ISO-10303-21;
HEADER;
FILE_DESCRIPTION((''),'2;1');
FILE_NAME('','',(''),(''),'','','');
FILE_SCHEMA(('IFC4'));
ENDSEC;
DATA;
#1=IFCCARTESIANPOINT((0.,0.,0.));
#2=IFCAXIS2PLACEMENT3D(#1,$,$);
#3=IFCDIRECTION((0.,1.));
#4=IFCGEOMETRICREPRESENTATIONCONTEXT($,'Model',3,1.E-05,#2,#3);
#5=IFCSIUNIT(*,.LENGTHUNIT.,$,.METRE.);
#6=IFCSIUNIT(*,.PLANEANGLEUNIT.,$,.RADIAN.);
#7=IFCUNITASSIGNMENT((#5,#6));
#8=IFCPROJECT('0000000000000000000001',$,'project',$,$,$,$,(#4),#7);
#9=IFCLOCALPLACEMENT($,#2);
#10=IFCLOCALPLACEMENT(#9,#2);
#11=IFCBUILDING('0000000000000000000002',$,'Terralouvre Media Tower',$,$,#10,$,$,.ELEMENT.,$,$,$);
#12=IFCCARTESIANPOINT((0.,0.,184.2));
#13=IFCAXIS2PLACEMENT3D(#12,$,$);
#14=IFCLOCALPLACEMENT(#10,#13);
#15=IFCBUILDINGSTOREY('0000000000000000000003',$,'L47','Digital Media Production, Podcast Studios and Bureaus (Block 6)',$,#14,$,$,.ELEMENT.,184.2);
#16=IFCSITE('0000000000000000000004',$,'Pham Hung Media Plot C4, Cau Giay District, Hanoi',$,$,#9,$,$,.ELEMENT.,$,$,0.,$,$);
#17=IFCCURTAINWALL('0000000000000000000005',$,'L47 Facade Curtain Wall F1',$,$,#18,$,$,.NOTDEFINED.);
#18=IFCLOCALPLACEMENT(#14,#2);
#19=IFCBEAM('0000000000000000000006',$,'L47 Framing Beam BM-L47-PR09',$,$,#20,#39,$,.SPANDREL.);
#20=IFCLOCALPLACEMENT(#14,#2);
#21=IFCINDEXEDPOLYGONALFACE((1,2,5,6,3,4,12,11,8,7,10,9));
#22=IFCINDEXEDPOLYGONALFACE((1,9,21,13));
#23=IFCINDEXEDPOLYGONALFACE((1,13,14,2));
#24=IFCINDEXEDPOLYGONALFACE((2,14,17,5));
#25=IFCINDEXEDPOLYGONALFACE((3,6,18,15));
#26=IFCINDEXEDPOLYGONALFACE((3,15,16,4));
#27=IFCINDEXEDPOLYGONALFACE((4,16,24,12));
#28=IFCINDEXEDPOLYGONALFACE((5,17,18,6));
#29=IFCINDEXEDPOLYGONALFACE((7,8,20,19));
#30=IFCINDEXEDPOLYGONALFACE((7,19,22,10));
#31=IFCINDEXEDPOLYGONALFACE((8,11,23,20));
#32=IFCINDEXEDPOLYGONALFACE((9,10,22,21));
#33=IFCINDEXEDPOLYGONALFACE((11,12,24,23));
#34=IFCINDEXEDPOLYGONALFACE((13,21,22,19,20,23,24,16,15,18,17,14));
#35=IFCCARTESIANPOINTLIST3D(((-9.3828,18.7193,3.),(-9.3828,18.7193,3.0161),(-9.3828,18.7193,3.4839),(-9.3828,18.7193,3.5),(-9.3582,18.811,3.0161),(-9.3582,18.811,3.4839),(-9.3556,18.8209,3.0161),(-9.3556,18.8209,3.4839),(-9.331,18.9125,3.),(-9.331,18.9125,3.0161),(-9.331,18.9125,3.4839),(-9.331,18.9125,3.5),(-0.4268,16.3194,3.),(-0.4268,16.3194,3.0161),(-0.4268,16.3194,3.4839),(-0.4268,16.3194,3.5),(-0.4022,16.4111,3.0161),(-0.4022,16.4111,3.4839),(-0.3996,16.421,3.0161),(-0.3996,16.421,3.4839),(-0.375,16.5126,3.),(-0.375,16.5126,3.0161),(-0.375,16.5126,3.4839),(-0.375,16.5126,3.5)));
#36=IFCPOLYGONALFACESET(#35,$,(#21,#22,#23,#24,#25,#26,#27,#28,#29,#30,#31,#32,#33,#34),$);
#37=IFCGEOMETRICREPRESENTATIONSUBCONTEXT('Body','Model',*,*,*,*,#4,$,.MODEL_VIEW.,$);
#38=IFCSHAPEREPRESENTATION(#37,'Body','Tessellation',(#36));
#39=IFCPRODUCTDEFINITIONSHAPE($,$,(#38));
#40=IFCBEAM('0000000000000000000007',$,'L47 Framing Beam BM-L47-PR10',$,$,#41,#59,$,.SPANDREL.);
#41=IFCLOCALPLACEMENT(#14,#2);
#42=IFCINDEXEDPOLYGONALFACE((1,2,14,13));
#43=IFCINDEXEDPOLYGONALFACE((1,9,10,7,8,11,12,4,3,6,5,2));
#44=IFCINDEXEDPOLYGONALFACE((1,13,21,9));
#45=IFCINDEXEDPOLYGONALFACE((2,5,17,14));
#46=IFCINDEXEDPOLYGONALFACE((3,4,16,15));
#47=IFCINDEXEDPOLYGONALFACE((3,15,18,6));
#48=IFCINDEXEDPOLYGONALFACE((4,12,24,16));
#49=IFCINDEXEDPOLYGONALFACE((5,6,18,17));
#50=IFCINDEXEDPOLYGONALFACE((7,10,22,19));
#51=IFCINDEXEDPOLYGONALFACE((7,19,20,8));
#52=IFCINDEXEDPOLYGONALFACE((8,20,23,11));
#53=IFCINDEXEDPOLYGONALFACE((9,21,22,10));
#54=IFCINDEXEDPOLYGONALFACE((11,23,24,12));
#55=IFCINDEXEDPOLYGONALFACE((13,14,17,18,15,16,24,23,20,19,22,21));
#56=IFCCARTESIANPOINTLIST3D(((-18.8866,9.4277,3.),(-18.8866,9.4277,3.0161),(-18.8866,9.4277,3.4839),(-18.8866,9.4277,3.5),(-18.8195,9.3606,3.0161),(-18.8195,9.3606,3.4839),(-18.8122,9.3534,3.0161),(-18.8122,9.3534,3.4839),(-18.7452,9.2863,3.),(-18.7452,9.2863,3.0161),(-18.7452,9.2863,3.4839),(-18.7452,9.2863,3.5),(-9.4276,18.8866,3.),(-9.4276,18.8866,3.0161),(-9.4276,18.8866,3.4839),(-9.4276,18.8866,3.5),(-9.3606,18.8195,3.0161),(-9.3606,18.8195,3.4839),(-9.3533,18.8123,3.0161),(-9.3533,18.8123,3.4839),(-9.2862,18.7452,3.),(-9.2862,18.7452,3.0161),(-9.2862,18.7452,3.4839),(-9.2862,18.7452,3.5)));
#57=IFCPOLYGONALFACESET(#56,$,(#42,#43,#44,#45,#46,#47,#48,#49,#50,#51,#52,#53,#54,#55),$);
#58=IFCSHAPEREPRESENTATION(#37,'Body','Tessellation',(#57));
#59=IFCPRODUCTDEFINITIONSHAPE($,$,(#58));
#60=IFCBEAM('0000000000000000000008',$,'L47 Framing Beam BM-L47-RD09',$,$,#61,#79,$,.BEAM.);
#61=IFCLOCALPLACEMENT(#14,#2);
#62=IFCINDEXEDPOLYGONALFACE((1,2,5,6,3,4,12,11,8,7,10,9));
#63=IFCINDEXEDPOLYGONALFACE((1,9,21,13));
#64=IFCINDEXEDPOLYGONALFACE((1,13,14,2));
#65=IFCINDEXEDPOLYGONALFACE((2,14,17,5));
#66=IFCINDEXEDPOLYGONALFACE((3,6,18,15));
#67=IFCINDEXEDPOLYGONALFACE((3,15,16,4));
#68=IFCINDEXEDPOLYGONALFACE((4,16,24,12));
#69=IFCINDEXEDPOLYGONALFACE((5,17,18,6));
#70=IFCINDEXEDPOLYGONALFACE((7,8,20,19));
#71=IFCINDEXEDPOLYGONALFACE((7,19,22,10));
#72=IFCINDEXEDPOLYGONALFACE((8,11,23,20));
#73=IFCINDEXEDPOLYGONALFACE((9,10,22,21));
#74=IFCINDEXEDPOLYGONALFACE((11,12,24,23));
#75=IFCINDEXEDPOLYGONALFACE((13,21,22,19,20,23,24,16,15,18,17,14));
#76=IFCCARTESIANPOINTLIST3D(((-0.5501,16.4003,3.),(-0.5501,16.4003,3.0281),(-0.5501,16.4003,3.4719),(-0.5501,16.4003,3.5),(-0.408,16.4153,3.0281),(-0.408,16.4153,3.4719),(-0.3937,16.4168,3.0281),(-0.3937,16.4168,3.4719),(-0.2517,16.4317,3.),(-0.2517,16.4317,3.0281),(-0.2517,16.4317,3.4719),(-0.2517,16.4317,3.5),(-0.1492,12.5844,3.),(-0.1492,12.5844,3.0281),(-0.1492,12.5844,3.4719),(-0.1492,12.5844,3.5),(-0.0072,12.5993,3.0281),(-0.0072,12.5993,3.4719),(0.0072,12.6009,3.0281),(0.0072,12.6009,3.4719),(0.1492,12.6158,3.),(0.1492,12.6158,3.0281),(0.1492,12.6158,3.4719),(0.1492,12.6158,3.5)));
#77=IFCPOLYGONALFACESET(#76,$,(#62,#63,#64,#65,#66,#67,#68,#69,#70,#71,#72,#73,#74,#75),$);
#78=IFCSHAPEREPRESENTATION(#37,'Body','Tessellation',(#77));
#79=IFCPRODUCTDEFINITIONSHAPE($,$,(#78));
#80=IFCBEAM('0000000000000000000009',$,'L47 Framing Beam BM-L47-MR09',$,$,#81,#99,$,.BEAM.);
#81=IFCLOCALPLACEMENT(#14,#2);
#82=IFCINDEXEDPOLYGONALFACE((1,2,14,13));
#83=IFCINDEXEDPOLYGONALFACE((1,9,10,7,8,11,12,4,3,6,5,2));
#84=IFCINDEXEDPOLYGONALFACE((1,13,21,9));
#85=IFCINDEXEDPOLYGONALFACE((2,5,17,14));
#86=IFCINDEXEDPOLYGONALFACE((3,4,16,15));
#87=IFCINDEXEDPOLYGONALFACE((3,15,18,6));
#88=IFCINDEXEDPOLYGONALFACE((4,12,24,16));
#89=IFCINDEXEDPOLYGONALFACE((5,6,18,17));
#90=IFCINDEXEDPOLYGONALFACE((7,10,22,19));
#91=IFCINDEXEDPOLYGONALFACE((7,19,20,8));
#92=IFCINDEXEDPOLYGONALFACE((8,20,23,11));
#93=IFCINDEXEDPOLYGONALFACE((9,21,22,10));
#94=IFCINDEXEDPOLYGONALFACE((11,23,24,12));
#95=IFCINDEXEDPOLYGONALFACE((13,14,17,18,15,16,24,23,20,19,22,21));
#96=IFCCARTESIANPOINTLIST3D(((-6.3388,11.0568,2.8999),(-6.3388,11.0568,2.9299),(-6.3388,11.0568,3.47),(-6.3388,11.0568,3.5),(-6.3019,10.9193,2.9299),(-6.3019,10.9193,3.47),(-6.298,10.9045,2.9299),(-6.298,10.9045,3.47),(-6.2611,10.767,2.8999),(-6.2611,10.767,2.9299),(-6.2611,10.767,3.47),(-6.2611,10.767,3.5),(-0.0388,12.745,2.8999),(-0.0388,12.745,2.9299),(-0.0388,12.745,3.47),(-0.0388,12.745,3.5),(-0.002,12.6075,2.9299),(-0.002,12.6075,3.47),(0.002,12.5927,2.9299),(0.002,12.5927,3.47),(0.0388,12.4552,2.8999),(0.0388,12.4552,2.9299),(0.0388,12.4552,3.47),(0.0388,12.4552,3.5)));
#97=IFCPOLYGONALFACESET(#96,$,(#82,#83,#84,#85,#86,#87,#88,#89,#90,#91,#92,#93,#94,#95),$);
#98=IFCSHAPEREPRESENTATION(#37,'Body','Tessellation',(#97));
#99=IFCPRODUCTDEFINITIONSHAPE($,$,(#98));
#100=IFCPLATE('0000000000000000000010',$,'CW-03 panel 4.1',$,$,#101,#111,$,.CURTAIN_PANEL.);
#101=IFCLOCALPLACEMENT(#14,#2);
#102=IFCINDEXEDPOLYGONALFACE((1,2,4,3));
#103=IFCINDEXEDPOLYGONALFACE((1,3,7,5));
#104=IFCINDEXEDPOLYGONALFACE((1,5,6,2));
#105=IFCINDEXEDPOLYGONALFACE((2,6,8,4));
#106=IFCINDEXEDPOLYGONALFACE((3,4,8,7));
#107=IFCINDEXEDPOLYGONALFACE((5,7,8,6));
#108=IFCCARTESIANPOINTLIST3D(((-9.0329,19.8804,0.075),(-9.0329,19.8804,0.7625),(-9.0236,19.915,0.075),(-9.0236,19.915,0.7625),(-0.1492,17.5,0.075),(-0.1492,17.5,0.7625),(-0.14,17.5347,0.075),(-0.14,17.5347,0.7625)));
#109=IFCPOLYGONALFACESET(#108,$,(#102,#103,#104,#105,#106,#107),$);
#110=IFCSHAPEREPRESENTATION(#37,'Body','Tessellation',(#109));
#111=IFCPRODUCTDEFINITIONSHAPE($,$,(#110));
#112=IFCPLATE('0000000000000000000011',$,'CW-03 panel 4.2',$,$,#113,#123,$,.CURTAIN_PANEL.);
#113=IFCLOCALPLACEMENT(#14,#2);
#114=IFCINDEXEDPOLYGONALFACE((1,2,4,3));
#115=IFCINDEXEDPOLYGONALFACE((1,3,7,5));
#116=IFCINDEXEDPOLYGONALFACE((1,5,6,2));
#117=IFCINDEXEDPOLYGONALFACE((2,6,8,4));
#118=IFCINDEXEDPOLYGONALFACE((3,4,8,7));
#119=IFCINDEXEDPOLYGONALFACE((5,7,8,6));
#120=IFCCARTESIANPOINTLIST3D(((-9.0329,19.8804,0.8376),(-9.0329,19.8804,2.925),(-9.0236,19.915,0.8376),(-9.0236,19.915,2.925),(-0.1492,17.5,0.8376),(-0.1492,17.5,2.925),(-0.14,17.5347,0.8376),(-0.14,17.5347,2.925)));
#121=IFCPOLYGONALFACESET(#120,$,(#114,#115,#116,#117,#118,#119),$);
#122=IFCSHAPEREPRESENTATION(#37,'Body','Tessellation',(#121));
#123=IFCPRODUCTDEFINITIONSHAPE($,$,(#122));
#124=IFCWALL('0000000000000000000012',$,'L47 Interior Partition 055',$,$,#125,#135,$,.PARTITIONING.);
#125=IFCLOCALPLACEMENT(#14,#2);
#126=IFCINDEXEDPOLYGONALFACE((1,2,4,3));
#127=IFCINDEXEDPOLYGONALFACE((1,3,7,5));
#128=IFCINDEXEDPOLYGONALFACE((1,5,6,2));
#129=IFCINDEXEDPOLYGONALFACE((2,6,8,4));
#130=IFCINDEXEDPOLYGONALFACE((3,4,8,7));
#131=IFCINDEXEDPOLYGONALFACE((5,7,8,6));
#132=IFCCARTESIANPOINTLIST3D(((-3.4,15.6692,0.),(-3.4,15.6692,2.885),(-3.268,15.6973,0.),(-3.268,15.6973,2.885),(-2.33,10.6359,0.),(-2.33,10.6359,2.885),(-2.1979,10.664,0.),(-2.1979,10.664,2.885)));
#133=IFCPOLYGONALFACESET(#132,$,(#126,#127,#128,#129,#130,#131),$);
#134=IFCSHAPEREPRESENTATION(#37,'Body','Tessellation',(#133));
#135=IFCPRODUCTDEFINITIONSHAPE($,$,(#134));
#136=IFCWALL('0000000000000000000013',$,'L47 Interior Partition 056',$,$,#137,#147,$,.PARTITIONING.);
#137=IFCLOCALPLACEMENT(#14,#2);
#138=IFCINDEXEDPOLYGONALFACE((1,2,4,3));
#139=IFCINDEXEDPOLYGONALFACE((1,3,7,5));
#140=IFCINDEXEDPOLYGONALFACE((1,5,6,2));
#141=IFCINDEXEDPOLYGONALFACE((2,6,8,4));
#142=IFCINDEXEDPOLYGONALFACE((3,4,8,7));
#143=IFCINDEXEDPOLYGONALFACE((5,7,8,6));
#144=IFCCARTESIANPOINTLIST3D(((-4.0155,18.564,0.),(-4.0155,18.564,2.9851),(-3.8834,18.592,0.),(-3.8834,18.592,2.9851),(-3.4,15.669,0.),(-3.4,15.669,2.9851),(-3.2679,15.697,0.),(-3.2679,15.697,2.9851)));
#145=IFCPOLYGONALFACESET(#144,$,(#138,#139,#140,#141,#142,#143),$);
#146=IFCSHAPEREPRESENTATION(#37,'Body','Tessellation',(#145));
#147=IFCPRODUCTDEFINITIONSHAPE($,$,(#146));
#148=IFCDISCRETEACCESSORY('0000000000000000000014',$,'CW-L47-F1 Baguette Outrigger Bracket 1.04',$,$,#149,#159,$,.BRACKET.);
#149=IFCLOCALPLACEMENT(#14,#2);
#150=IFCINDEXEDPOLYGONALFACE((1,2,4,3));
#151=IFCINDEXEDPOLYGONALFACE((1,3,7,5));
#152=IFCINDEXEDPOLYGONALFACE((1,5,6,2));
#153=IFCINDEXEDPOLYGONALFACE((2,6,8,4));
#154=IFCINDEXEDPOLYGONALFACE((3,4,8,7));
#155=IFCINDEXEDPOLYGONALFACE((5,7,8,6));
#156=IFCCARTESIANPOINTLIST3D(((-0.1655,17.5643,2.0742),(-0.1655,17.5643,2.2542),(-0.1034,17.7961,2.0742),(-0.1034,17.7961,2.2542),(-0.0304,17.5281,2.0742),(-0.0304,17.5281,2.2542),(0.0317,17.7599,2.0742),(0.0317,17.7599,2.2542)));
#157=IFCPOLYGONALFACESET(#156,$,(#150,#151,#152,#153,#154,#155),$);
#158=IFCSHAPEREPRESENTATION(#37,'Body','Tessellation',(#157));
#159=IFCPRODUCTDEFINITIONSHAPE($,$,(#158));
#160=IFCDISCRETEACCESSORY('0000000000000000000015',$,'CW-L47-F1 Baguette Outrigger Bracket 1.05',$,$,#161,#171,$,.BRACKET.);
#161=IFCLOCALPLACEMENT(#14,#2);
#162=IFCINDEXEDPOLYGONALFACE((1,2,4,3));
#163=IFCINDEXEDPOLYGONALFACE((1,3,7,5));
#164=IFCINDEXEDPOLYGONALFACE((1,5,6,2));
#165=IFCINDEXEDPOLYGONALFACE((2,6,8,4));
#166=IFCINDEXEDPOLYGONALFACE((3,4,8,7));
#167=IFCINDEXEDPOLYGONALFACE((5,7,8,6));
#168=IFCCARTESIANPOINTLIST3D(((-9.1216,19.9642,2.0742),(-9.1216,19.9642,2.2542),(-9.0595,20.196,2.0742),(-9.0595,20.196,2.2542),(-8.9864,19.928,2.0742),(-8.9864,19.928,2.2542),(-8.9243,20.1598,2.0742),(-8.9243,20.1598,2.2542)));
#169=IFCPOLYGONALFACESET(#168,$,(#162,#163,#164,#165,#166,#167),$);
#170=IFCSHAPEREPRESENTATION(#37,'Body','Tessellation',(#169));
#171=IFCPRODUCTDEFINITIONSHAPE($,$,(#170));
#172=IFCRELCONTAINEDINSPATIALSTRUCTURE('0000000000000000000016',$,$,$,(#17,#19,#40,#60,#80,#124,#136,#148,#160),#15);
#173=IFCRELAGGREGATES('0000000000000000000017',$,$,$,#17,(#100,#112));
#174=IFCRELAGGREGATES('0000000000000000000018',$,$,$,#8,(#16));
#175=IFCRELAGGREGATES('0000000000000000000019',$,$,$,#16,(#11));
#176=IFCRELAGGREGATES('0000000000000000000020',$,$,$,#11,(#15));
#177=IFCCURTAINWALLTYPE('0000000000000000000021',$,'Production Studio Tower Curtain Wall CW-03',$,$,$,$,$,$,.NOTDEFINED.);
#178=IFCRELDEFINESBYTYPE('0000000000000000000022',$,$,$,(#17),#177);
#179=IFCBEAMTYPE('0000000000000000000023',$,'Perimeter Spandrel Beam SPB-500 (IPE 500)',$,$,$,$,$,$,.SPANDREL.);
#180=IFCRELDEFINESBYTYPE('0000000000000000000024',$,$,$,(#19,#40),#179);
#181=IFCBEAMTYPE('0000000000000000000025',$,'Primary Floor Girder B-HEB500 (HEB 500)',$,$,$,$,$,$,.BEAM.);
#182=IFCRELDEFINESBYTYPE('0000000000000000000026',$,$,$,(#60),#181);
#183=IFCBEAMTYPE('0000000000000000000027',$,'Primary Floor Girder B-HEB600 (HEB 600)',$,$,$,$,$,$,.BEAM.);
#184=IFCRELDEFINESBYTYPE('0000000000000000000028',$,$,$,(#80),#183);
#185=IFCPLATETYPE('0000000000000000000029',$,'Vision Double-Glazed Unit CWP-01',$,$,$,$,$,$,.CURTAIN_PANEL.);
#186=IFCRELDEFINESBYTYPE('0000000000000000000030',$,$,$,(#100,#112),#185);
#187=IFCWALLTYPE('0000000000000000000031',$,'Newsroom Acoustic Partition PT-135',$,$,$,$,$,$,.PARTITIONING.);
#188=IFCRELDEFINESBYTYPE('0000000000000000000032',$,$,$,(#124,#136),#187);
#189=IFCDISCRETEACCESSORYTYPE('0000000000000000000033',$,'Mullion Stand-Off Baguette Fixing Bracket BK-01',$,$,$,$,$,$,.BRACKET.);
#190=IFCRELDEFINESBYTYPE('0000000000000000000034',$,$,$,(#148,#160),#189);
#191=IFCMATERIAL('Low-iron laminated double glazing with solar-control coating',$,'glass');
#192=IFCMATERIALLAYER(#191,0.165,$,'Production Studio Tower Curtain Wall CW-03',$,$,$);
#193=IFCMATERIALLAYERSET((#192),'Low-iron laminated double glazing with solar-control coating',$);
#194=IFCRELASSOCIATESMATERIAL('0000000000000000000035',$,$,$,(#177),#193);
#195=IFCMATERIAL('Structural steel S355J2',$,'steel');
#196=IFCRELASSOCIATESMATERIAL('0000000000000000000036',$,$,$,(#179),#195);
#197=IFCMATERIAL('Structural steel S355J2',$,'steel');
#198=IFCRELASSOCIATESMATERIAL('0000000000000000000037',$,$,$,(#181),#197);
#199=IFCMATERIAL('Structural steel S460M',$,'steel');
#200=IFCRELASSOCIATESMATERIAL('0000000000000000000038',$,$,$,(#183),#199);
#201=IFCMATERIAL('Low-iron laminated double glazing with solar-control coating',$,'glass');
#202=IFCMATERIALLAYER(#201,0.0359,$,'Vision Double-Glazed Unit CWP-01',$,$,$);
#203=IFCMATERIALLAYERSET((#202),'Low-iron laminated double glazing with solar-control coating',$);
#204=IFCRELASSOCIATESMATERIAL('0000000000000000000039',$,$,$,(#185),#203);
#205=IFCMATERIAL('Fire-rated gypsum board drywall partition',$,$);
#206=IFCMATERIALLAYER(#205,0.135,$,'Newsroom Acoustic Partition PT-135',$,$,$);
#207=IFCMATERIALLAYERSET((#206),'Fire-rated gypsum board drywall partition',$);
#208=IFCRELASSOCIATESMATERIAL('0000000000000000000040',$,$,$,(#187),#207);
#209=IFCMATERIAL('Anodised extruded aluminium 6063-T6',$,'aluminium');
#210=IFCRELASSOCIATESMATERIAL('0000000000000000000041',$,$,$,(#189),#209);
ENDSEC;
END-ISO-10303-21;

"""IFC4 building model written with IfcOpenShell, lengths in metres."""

from ifc_helpers import new_model, si_unit, direction, frame, frame_2d, origin, origin_2d, place, context, subcontext, project, spatial, rectangle, i_section, extrude, material, layer, layer_set, material_profile, profile_set, type_object, element, aggregate, save


model = new_model("IFC4")

# Units and contexts
model_context = context("Model", 3, precision=1e-05, world=origin(), true_north=direction((0.0, 1.0)))
body_context = subcontext(model_context, "Body", "Model", "MODEL_VIEW")
ifc_project = project(units=[si_unit("LENGTHUNIT", "METRE"), si_unit("PLANEANGLEUNIT", "RADIAN")], contexts=[model_context])

# Site, building, storey
site_placement = place(None, origin())
site = spatial("IfcSite", under=ifc_project, at=site_placement, Name="Pham Hung Media Plot C4, Cau Giay District, Hanoi", CompositionType="ELEMENT", RefElevation=0.0)
building_placement = place(site_placement, origin())
building = spatial("IfcBuilding", under=site, at=building_placement, Name="Terralouvre Media Tower", CompositionType="ELEMENT")
storey_placement = place(building_placement, frame((0.0, 0.0, 184.2)))
storey = spatial("IfcBuildingStorey", under=building, at=storey_placement, Name="L47", Description="Digital Media Production, Podcast Studios and Bureaus (Block 6)", CompositionType="ELEMENT", Elevation=184.2)

# Curtain wall
ifc_material_1 = material(Name="Low-iron laminated double glazing with solar-control coating", Category="glass")
ifc_layer_1 = layer(ifc_material_1, 0.165, Name="Production Studio Tower Curtain Wall CW-03")
ifc_layer_set_1 = layer_set([ifc_layer_1], Name="Low-iron laminated double glazing with solar-control coating")
curtain_wall_type = type_object("IfcCurtainWallType", Name="Production Studio Tower Curtain Wall CW-03", PredefinedType="NOTDEFINED", material=ifc_layer_set_1)
curtain_wall_placement = place(storey_placement, origin())
curtain_wall = element("IfcCurtainWall", 1, at=curtain_wall_placement, inside=storey, type_object=curtain_wall_type, Name="L47 Facade Curtain Wall F1", PredefinedType="NOTDEFINED")

# Beams
ifc_material_2 = material(Name="Structural steel S355J2", Category="steel")
ifc_material_profile_1 = material_profile(ifc_material_2, i_section(OverallWidth=0.2, OverallDepth=0.5, WebThickness=0.0103, FlangeThickness=0.0161, at=origin_2d()), Name="IPE 500")
ifc_profile_set_1 = profile_set([ifc_material_profile_1], Name="Structural steel S355J2")
beam_type_1 = type_object("IfcBeamType", Name="Perimeter Spandrel Beam SPB-500 (IPE 500)", PredefinedType="SPANDREL", material=ifc_profile_set_1)
beam_1_placement = place(storey_placement, frame((-0.4009, 16.416, 3.25), z_axis=(-0.965922, 0.258833, 0.0), x_axis=(-0.258833, -0.965922, 0.0)))
element("IfcBeam", 2, at=beam_1_placement, inside=storey, type_object=beam_type_1, Name="L47 Framing Beam BM-L47-PR09", PredefinedType="SPANDREL", context=body_context, shape_type="SweptSolid", body=[
    extrude(i_section(OverallWidth=0.2, OverallDepth=0.5, WebThickness=0.0103, FlangeThickness=0.0161, at=origin_2d()), origin(), (0.0, 0.0, 1.0), 9.272),
])
beam_2_placement = place(storey_placement, frame((-9.3569, 18.8159, 3.25), z_axis=(-0.707107, -0.707107, 0.0), x_axis=(0.707107, -0.707107, 0.0)))
element("IfcBeam", 3, at=beam_2_placement, inside=storey, type_object=beam_type_1, Name="L47 Framing Beam BM-L47-PR10", PredefinedType="SPANDREL", context=body_context, shape_type="SweptSolid", body=[
    extrude(i_section(OverallWidth=0.2, OverallDepth=0.5, WebThickness=0.0103, FlangeThickness=0.0161, at=origin_2d()), origin(), (0.0, 0.0, 1.0), 13.377),
])
ifc_material_3 = material(Name="Structural steel S355J2", Category="steel")
ifc_material_profile_2 = material_profile(ifc_material_3, i_section(OverallWidth=0.3, OverallDepth=0.5, WebThickness=0.0144, FlangeThickness=0.0281, at=origin_2d()), Name="HEB 500")
ifc_profile_set_2 = profile_set([ifc_material_profile_2], Name="Structural steel S355J2")
beam_type_2 = type_object("IfcBeamType", Name="Primary Floor Girder B-HEB500 (HEB 500)", PredefinedType="BEAM", material=ifc_profile_set_2)
beam_3_placement = place(storey_placement, frame((0.0, 12.6001, 3.25), z_axis=(-0.104479, 0.994527, 0.0), x_axis=(-0.994527, -0.104479, 0.0)))
element("IfcBeam", 4, at=beam_3_placement, inside=storey, type_object=beam_type_2, Name="L47 Framing Beam BM-L47-RD09", PredefinedType="BEAM", context=body_context, shape_type="SweptSolid", body=[
    extrude(i_section(OverallWidth=0.3, OverallDepth=0.5, WebThickness=0.0144, FlangeThickness=0.0281, at=origin_2d()), origin(), (0.0, 0.0, 1.0), 3.8369),
])
ifc_material_4 = material(Name="Structural steel S460M", Category="steel")
ifc_material_profile_3 = material_profile(ifc_material_4, i_section(OverallWidth=0.3, OverallDepth=0.6001, WebThickness=0.0154, FlangeThickness=0.03, at=origin_2d()), Name="HEB 600")
ifc_profile_set_3 = profile_set([ifc_material_profile_3], Name="Structural steel S460M")
beam_type_3 = type_object("IfcBeamType", Name="Primary Floor Girder B-HEB600 (HEB 600)", PredefinedType="BEAM", material=ifc_profile_set_3)
beam_4_placement = place(storey_placement, frame((0.0, 12.6001, 3.2), z_axis=(-0.96592, -0.258839, 0.0), x_axis=(0.258839, -0.96592, 0.0)))
element("IfcBeam", 5, at=beam_4_placement, inside=storey, type_object=beam_type_3, Name="L47 Framing Beam BM-L47-MR09", PredefinedType="BEAM", context=body_context, shape_type="SweptSolid", body=[
    extrude(i_section(OverallWidth=0.3, OverallDepth=0.6001, WebThickness=0.0154, FlangeThickness=0.03, at=origin_2d()), origin(), (0.0, 0.0, 1.0), 6.5222),
])

# Plates
ifc_material_5 = material(Name="Low-iron laminated double glazing with solar-control coating", Category="glass")
ifc_layer_2 = layer(ifc_material_5, 0.0359, Name="Vision Double-Glazed Unit CWP-01")
ifc_layer_set_2 = layer_set([ifc_layer_2], Name="Low-iron laminated double glazing with solar-control coating")
plate_type = type_object("IfcPlateType", Name="Vision Double-Glazed Unit CWP-01", PredefinedType="CURTAIN_PANEL", material=ifc_layer_set_2)
plate_1_placement = place(storey_placement, frame((-4.5864, 18.7075, 0.075), z_axis=(0.0, 0.0, 1.0), x_axis=(-0.965926, 0.258819, 0.0)))
plate_1 = element("IfcPlate", 6, at=plate_1_placement, type_object=plate_type, Name="CW-03 panel 4.1", PredefinedType="CURTAIN_PANEL", context=body_context, shape_type="SweptSolid", body=[
    extrude(rectangle(XDim=9.197, YDim=0.0359, at=origin_2d()), origin(), (0.0, 0.0, 1.0), 0.6875),
])
plate_2_placement = place(storey_placement, frame((-4.5864, 18.7075, 0.8376), z_axis=(0.0, 0.0, 1.0), x_axis=(-0.965926, 0.258819, 0.0)))
plate_2 = element("IfcPlate", 7, at=plate_2_placement, type_object=plate_type, Name="CW-03 panel 4.2", PredefinedType="CURTAIN_PANEL", context=body_context, shape_type="SweptSolid", body=[
    extrude(rectangle(XDim=9.197, YDim=0.0359, at=origin_2d()), origin(), (0.0, 0.0, 1.0), 2.0874),
])
aggregate(curtain_wall, [plate_1, plate_2])

# Walls
ifc_material_6 = material(Name="Fire-rated gypsum board drywall partition")
ifc_layer_3 = layer(ifc_material_6, 0.135, Name="Newsroom Acoustic Partition PT-135")
ifc_layer_set_3 = layer_set([ifc_layer_3], Name="Fire-rated gypsum board drywall partition")
wall_type = type_object("IfcWallType", Name="Newsroom Acoustic Partition PT-135", PredefinedType="PARTITIONING", material=ifc_layer_set_3)
wall_1_placement = place(storey_placement, frame((-3.334, 15.6831, 0.0), z_axis=(0.0, 0.0, 1.0), x_axis=(0.207954, -0.978139, 0.0)))
element("IfcWall", 8, at=wall_1_placement, inside=storey, type_object=wall_type, Name="L47 Interior Partition 055", PredefinedType="PARTITIONING", context=body_context, shape_type="SweptSolid", body=[
    extrude(rectangle(XDim=5.1458, YDim=0.135, at=frame_2d((2.5728, 0.0))), origin(), (0.0, 0.0, 1.0), 2.885),
])
wall_2_placement = place(storey_placement, frame((-3.9495, 18.5781, 0.0), z_axis=(0.0, 0.0, 1.0), x_axis=(0.207951, -0.978139, 0.0)))
element("IfcWall", 9, at=wall_2_placement, inside=storey, type_object=wall_type, Name="L47 Interior Partition 056", PredefinedType="PARTITIONING", context=body_context, shape_type="SweptSolid", body=[
    extrude(rectangle(XDim=2.9597, YDim=0.135, at=frame_2d((1.48, 0.0))), origin(), (0.0, 0.0, 1.0), 2.9851),
])

# Discrete accessories
ifc_material_7 = material(Name="Anodised extruded aluminium 6063-T6", Category="aluminium")
discrete_accessory_type = type_object("IfcDiscreteAccessoryType", Name="Mullion Stand-Off Baguette Fixing Bracket BK-01", PredefinedType="BRACKET", material=ifc_material_7)
for number, where, z_axis, x_axis, name in (
    (10, (-0.0669, 17.6621, 2.0742), (0.0, 0.0, 1.0), (-0.965926, 0.258819, 0.0), "CW-L47-F1 Baguette Outrigger Bracket 1.04"),
    (11, (-9.0229, 20.062, 2.0742), (0.0, 0.0, 1.0), (-0.965926, 0.258819, 0.0), "CW-L47-F1 Baguette Outrigger Bracket 1.05"),
):
    element("IfcDiscreteAccessory", number, at=place(storey_placement, frame(where, z_axis=z_axis, x_axis=x_axis)), inside=storey, type_object=discrete_accessory_type, Name=name, PredefinedType="BRACKET", context=body_context, shape_type="SweptSolid", body=[
        extrude(rectangle(XDim=0.1399, YDim=0.24, at=origin_2d()), origin(), (0.0, 0.0, 1.0), 0.1799),
    ])

save(model, "model.ifc")
